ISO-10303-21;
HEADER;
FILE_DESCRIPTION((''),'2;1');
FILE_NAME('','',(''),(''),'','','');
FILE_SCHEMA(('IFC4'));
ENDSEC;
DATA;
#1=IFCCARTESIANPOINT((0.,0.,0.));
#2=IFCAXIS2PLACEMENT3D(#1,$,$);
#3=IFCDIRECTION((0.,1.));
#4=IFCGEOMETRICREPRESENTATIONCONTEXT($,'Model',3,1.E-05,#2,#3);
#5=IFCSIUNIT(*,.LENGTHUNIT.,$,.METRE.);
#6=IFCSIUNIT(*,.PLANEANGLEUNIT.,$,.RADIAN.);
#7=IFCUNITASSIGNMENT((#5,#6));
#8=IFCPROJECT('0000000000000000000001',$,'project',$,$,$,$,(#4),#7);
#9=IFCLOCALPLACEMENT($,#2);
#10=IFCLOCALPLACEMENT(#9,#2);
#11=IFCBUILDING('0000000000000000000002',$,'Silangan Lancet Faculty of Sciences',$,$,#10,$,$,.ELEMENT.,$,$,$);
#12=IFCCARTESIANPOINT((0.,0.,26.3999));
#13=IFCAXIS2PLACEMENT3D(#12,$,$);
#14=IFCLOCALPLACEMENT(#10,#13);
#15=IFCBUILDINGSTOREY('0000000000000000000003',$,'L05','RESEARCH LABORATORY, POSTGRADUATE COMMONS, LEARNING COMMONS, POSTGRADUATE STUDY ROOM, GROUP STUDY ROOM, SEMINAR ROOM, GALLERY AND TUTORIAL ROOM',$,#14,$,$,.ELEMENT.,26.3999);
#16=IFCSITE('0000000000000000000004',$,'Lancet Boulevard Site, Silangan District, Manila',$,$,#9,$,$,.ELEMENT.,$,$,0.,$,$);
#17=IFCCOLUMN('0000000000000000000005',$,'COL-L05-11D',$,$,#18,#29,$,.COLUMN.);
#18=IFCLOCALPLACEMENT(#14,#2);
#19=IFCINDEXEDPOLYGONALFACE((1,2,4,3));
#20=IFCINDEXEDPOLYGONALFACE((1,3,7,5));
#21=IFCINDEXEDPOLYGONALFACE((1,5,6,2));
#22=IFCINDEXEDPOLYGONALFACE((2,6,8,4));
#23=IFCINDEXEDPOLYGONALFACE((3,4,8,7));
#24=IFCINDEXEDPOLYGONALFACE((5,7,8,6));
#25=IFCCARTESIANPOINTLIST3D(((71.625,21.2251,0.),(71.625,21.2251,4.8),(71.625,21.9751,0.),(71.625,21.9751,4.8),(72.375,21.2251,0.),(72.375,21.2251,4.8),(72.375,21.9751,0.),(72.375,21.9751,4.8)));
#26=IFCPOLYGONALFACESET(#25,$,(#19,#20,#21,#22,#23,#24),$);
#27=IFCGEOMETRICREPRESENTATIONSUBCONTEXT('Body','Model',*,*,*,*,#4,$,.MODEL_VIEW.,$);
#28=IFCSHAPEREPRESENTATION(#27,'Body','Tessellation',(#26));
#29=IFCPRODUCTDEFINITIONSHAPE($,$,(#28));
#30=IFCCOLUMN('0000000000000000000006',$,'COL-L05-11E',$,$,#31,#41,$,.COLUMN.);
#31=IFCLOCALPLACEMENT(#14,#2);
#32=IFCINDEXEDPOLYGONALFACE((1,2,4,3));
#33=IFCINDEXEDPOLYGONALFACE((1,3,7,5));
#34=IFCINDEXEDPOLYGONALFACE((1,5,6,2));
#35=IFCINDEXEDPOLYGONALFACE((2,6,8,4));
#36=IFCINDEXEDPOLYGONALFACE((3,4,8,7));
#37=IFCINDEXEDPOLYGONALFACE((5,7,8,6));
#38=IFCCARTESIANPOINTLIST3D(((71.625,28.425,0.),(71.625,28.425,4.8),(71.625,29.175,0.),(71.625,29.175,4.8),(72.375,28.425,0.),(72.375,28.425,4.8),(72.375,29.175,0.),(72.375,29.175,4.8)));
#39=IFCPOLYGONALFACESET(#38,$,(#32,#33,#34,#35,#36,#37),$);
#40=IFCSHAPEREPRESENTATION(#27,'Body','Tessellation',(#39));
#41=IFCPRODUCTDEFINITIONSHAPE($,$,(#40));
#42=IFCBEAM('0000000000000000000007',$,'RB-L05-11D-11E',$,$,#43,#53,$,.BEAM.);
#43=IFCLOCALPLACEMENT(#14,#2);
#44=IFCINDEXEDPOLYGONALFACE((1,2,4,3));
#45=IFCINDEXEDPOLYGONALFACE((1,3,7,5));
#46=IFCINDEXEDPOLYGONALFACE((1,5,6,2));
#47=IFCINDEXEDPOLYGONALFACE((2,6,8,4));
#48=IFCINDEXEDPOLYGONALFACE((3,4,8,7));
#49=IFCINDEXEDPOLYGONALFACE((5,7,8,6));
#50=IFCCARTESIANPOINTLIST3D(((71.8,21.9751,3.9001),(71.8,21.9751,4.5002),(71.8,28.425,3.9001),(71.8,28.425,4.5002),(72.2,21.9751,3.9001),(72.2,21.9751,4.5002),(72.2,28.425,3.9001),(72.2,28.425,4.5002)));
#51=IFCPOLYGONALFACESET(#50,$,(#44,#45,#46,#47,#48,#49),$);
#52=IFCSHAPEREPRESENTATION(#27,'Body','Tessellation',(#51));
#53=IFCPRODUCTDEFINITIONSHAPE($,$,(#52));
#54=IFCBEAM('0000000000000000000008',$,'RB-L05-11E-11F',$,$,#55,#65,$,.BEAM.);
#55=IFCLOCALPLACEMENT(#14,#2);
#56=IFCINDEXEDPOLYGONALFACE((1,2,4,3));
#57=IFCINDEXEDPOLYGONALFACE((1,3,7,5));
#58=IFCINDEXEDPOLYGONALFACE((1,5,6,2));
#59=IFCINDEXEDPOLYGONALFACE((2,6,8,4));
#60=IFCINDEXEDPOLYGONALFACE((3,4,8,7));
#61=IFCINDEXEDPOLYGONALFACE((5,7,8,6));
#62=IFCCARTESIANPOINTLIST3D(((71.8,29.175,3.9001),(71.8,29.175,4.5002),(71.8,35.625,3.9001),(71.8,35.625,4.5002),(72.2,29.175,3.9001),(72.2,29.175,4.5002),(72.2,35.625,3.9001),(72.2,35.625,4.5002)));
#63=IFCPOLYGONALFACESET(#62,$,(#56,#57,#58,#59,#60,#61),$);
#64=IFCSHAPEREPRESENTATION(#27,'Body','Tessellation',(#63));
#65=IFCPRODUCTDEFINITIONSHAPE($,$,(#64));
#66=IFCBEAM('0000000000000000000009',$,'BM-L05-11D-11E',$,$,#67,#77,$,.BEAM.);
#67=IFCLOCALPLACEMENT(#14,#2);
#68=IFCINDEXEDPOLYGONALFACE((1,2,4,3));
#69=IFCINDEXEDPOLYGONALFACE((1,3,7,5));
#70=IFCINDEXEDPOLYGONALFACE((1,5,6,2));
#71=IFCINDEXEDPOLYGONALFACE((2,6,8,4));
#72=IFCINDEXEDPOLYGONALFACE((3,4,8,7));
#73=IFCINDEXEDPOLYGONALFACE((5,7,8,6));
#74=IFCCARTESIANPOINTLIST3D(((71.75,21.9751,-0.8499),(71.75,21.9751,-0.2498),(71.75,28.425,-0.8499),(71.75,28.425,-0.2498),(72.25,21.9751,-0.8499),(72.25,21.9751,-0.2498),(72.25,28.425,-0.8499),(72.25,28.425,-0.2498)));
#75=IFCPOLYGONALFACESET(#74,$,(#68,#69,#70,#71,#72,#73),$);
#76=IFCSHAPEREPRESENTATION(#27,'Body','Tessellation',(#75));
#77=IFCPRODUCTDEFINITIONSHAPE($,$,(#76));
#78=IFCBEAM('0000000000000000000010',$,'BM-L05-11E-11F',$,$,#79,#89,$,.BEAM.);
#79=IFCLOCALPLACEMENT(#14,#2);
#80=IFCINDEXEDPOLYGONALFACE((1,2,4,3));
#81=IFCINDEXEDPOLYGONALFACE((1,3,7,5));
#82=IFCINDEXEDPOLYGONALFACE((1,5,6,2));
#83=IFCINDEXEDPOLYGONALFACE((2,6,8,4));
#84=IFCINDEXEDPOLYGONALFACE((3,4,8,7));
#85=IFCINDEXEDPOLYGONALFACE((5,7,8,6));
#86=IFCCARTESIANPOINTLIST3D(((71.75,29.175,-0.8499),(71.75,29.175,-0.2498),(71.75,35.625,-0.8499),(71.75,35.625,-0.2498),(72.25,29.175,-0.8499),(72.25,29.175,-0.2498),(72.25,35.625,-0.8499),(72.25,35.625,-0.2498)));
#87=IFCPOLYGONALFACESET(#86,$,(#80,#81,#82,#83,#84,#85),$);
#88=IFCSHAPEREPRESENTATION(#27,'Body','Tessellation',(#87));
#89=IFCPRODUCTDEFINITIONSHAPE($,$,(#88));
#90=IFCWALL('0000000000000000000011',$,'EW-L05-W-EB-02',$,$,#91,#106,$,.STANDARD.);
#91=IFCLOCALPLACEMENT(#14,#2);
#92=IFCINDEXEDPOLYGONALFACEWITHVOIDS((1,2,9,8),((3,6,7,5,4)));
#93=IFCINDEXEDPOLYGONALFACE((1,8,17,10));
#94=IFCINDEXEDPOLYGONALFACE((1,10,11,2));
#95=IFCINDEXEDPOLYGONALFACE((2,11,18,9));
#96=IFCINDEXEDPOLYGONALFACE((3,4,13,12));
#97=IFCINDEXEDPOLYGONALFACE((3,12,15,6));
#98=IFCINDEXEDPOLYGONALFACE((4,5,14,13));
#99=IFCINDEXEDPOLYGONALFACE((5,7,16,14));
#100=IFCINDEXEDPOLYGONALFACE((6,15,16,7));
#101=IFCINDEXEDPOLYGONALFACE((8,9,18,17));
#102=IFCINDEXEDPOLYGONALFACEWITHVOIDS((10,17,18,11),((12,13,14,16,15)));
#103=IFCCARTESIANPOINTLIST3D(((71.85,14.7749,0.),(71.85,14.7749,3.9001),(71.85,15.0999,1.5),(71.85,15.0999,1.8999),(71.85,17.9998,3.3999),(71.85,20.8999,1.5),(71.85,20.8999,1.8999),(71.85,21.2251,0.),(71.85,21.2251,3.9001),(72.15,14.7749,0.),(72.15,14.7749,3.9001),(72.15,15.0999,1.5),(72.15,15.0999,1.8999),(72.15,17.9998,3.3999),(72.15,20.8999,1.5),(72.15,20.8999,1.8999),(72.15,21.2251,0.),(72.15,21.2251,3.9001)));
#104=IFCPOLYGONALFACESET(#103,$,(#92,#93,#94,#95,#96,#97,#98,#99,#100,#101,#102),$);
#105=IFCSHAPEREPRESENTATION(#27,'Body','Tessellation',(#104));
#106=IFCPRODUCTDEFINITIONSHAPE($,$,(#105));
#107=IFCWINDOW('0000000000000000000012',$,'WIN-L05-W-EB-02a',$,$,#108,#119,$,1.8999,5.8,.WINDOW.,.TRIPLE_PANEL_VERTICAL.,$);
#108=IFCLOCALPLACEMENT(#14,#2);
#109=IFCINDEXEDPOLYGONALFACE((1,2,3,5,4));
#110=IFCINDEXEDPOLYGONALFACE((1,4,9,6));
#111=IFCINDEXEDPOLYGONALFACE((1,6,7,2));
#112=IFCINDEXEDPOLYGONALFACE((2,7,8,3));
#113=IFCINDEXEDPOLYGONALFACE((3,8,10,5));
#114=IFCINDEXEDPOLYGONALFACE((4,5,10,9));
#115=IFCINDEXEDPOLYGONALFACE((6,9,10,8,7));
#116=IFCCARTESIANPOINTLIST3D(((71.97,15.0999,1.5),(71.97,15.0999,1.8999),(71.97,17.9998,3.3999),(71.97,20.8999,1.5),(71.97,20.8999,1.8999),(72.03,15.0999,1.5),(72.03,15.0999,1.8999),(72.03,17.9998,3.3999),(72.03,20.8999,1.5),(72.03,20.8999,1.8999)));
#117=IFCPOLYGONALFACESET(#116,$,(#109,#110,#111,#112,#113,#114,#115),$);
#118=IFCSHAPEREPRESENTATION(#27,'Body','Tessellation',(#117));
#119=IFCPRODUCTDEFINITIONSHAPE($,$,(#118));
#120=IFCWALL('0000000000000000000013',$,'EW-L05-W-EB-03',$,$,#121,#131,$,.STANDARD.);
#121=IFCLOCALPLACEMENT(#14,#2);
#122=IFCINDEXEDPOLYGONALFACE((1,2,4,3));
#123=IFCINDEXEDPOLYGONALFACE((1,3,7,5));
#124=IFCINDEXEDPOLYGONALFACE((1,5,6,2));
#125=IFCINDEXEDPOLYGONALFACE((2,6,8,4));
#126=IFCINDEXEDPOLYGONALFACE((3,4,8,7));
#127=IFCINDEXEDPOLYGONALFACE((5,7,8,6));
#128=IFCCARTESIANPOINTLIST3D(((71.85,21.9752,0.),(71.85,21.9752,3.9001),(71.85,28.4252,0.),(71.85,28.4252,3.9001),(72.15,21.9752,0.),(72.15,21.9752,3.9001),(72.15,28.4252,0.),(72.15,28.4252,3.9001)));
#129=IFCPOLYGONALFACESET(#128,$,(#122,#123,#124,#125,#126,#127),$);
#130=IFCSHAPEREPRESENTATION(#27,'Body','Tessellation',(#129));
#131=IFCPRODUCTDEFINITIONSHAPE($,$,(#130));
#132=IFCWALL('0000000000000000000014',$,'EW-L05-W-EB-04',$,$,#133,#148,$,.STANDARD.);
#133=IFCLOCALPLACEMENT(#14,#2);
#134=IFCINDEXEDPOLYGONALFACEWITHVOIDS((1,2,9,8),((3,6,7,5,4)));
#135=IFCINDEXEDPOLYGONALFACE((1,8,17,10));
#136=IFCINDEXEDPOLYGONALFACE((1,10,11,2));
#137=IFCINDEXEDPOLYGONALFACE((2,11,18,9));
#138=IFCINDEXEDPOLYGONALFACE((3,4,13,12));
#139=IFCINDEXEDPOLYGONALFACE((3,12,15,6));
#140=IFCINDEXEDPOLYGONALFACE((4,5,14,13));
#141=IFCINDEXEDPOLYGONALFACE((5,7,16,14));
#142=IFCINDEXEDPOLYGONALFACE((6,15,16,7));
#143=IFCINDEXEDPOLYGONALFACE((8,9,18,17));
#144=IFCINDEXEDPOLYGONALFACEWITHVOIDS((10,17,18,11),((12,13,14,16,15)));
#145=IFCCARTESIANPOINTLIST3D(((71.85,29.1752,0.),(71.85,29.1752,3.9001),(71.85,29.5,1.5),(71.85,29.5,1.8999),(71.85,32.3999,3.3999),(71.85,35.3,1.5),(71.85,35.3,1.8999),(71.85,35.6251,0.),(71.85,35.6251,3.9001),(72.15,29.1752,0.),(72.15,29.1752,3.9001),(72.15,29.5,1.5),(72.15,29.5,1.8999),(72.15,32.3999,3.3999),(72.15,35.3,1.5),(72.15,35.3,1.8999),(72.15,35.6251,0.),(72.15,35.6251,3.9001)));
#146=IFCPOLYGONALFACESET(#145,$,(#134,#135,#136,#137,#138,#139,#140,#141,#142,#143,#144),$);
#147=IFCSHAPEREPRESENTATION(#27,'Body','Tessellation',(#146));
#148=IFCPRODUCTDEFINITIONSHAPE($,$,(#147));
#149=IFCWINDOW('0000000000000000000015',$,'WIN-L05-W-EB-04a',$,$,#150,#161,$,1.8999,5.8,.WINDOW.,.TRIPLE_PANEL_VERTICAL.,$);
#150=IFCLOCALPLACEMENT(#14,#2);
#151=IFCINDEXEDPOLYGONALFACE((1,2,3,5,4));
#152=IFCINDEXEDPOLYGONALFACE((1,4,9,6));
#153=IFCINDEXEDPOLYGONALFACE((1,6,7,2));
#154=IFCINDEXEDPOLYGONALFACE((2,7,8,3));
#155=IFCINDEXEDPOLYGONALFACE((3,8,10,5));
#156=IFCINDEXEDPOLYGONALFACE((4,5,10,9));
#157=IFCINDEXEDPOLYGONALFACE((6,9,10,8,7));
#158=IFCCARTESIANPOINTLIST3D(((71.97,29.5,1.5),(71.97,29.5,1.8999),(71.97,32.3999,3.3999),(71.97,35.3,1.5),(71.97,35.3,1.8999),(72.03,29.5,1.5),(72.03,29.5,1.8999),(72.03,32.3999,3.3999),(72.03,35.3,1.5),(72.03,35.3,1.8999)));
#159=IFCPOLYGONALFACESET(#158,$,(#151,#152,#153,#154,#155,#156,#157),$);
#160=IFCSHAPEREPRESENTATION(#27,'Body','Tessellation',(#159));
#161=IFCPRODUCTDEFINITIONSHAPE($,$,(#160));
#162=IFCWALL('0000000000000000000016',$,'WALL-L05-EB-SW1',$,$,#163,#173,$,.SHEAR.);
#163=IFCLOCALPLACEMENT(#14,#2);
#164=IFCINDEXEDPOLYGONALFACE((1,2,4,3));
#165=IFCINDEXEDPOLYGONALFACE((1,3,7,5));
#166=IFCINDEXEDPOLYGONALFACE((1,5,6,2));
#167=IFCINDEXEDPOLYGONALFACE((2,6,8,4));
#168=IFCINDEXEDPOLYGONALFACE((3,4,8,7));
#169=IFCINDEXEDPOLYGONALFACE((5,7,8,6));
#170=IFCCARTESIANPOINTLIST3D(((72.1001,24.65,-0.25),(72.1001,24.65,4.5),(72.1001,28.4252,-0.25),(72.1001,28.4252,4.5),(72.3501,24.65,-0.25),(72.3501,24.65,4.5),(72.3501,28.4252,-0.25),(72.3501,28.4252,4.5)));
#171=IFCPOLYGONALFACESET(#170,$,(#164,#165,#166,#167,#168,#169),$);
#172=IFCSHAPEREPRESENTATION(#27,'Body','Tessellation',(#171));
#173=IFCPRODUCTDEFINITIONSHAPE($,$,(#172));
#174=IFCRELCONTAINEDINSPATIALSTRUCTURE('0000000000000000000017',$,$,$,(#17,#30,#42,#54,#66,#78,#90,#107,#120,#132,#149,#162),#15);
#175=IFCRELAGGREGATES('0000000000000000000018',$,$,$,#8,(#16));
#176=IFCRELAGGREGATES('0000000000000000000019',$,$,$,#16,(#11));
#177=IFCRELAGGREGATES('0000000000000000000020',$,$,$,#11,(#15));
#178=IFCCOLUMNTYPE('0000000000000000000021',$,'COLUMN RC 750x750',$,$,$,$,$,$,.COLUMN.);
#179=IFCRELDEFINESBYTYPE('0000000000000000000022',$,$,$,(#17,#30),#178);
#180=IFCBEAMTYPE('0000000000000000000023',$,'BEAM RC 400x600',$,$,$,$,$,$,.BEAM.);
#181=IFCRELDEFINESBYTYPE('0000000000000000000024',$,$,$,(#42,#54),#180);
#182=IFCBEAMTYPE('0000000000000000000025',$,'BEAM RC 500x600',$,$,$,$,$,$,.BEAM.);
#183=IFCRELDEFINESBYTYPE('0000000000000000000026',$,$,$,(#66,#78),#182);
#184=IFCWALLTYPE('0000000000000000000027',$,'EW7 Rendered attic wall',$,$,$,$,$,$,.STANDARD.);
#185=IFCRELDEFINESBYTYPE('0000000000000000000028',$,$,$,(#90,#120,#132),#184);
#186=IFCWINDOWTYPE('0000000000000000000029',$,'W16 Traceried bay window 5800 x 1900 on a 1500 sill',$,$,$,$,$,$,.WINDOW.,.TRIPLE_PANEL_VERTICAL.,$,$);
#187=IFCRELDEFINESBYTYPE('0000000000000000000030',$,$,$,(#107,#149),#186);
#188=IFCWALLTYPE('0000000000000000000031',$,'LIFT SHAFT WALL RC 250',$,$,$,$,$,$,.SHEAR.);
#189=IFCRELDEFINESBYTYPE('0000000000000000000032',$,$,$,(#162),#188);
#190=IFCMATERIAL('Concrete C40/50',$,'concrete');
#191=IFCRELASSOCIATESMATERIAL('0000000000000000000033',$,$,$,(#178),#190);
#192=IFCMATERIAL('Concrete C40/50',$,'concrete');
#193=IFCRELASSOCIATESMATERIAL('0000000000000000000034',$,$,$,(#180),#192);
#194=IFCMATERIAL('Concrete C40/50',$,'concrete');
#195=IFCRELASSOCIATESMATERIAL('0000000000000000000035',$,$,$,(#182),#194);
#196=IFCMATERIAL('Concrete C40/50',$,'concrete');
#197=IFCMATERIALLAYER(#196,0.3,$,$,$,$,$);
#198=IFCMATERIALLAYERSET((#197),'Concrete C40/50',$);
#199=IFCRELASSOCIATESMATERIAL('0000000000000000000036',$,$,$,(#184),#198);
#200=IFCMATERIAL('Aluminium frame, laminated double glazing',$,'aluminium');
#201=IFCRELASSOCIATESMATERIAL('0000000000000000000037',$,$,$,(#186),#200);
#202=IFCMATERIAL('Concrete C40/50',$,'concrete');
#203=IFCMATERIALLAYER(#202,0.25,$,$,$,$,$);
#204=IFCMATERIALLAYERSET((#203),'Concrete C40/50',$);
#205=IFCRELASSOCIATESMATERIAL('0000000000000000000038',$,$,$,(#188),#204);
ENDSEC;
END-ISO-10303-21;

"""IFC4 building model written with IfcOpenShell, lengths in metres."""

from ifc_helpers import new_model, si_unit, direction, frame, frame_2d, origin, origin_2d, place, context, subcontext, project, spatial, polyline, rectangle, outline, extrude, material, layer, layer_set, material_profile, profile_set, type_object, element, fill, save


model = new_model("IFC4")

# Units and contexts
model_context = context("Model", 3, precision=1e-05, world=origin(), true_north=direction((0.0, 1.0)))
body_context = subcontext(model_context, "Body", "Model", "MODEL_VIEW")
ifc_project = project(units=[si_unit("LENGTHUNIT", "METRE"), si_unit("PLANEANGLEUNIT", "RADIAN")], contexts=[model_context])

# Site, building, storey
site_placement = place(None, origin())
site = spatial("IfcSite", under=ifc_project, at=site_placement, Name="Lancet Boulevard Site, Silangan District, Manila", CompositionType="ELEMENT", RefElevation=0.0)
building_placement = place(site_placement, origin())
building = spatial("IfcBuilding", under=site, at=building_placement, Name="Silangan Lancet Faculty of Sciences", CompositionType="ELEMENT")
storey_placement = place(building_placement, frame((0.0, 0.0, 26.3999)))
storey = spatial("IfcBuildingStorey", under=building, at=storey_placement, Name="L05", Description="RESEARCH LABORATORY, POSTGRADUATE COMMONS, LEARNING COMMONS, POSTGRADUATE STUDY ROOM, GROUP STUDY ROOM, SEMINAR ROOM, GALLERY AND TUTORIAL ROOM", CompositionType="ELEMENT", Elevation=26.3999)

# Columns
ifc_material_1 = material(Name="Concrete C40/50", Category="concrete")
ifc_material_profile_1 = material_profile(ifc_material_1, rectangle(XDim=0.75, YDim=0.75, at=origin_2d()), Name="RC 750x750")
ifc_profile_set_1 = profile_set([ifc_material_profile_1], Name="Concrete C40/50")
column_type = type_object("IfcColumnType", Name="COLUMN RC 750x750", PredefinedType="COLUMN", material=ifc_profile_set_1)
for number, where, z_axis, x_axis, name in (
    (1, (72.0, 21.6001, 0.0), (0.0, 0.0, 1.0), (1.0, 0.0, 0.0), "COL-L05-11D"),
    (2, (72.0, 28.8, 0.0), (0.0, 0.0, 1.0), (1.0, 0.0, 0.0), "COL-L05-11E"),
):
    element("IfcColumn", number, at=place(storey_placement, frame(where, z_axis=z_axis, x_axis=x_axis)), inside=storey, type_object=column_type, Name=name, PredefinedType="COLUMN", context=body_context, shape_type="SweptSolid", body=[
        extrude(rectangle(XDim=0.75, YDim=0.75, at=origin_2d()), origin(), (0.0, 0.0, 1.0), 4.8),
    ])

# Beams
ifc_material_2 = material(Name="Concrete C40/50", Category="concrete")
ifc_material_profile_2 = material_profile(ifc_material_2, rectangle(XDim=0.3999, YDim=0.6001, at=origin_2d()), Name="RC 400x600")
ifc_profile_set_2 = profile_set([ifc_material_profile_2], Name="Concrete C40/50")
beam_type_1 = type_object("IfcBeamType", Name="BEAM RC 400x600", PredefinedType="BEAM", material=ifc_profile_set_2)
for number, where, z_axis, x_axis, name in (
    (3, (72.0, 21.9751, 4.2002), (0.0, 1.0, 0.0), (-1.0, 0.0, 0.0), "RB-L05-11D-11E"),
    (4, (72.0, 29.175, 4.2002), (0.0, 1.0, 0.0), (-1.0, 0.0, 0.0), "RB-L05-11E-11F"),
):
    element("IfcBeam", number, at=place(storey_placement, frame(where, z_axis=z_axis, x_axis=x_axis)), inside=storey, type_object=beam_type_1, Name=name, PredefinedType="BEAM", context=body_context, shape_type="SweptSolid", body=[
        extrude(rectangle(XDim=0.3999, YDim=0.6001, at=origin_2d()), origin(), (0.0, 0.0, 1.0), 6.45),
    ])
ifc_material_3 = material(Name="Concrete C40/50", Category="concrete")
ifc_material_profile_3 = material_profile(ifc_material_3, rectangle(XDim=0.5, YDim=0.6001, at=origin_2d()), Name="RC 500x600")
ifc_profile_set_3 = profile_set([ifc_material_profile_3], Name="Concrete C40/50")
beam_type_2 = type_object("IfcBeamType", Name="BEAM RC 500x600", PredefinedType="BEAM", material=ifc_profile_set_3)
for number, where, z_axis, x_axis, name in (
    (5, (72.0, 21.9751, -0.5498), (0.0, 1.0, 0.0), (-1.0, 0.0, 0.0), "BM-L05-11D-11E"),
    (6, (72.0, 29.175, -0.5498), (0.0, 1.0, 0.0), (-1.0, 0.0, 0.0), "BM-L05-11E-11F"),
):
    element("IfcBeam", number, at=place(storey_placement, frame(where, z_axis=z_axis, x_axis=x_axis)), inside=storey, type_object=beam_type_2, Name=name, PredefinedType="BEAM", context=body_context, shape_type="SweptSolid", body=[
        extrude(rectangle(XDim=0.5, YDim=0.6001, at=origin_2d()), origin(), (0.0, 0.0, 1.0), 6.45),
    ])

# Wall, opening, window
ifc_material_4 = material(Name="Concrete C40/50", Category="concrete")
ifc_layer_1 = layer(ifc_material_4, 0.3)
ifc_layer_set_1 = layer_set([ifc_layer_1], Name="Concrete C40/50")
wall_type_1 = type_object("IfcWallType", Name="EW7 Rendered attic wall", PredefinedType="STANDARD", material=ifc_layer_set_1)
wall_1_placement = place(storey_placement, frame((72.0, 14.7749, 0.0), z_axis=(0.0, 0.0, 1.0), x_axis=(0.0, 1.0, 0.0)))
wall_1 = element("IfcWall", 7, at=wall_1_placement, inside=storey, type_object=wall_type_1, Name="EW-L05-W-EB-02", PredefinedType="STANDARD", context=body_context, shape_type="SweptSolid", body=[
    extrude(rectangle(XDim=6.4502, YDim=0.3, at=frame_2d((3.2251, 0.0))), origin(), (0.0, 0.0, 1.0), 3.9001),
])
opening_1_placement = place(wall_1_placement, frame((0.325, 0.0, 1.5)))
opening_1 = element("IfcOpeningElement", 8, at=opening_1_placement, cuts=wall_1, PredefinedType="OPENING", context=body_context, shape_type="SweptSolid", body=[
    extrude(outline(polyline([(0.0, 0.0), (5.8, 0.0), (5.8, 0.3999), (2.8999, 1.8999), (0.0, 0.3999), (0.0, 0.0)])), frame((0.0, 0.1599, 0.0), z_axis=(0.0, -1.0, 0.0), x_axis=(1.0, 0.0, 0.0)), (0.0, 0.0, 1.0), 0.3201),
])
ifc_material_5 = material(Name="Aluminium frame, laminated double glazing", Category="aluminium")
window_type = type_object("IfcWindowType", Name="W16 Traceried bay window 5800 x 1900 on a 1500 sill", PartitioningType="TRIPLE_PANEL_VERTICAL", PredefinedType="WINDOW", material=ifc_material_5)
window_1_placement = place(opening_1_placement, origin())
window_1 = element("IfcWindow", 9, at=window_1_placement, inside=storey, type_object=window_type, Name="WIN-L05-W-EB-02a", OverallHeight=1.8999, OverallWidth=5.8, PartitioningType="TRIPLE_PANEL_VERTICAL", PredefinedType="WINDOW", context=body_context, shape_type="SweptSolid", body=[
    extrude(outline(polyline([(0.0, 0.0), (5.8, 0.0), (5.8, 0.3999), (2.8999, 1.8999), (0.0, 0.3999), (0.0, 0.0)])), frame((0.0, 0.03, 0.0), z_axis=(0.0, -1.0, 0.0), x_axis=(1.0, 0.0, 0.0)), (0.0, 0.0, 1.0), 0.0601),
])
fill(opening_1, window_1)

# Wall
wall_2_placement = place(storey_placement, frame((72.0, 21.9751, 0.0), z_axis=(0.0, 0.0, 1.0), x_axis=(0.0, 1.0, 0.0)))
element("IfcWall", 10, at=wall_2_placement, inside=storey, type_object=wall_type_1, Name="EW-L05-W-EB-03", PredefinedType="STANDARD", context=body_context, shape_type="SweptSolid", body=[
    extrude(rectangle(XDim=6.45, YDim=0.3, at=frame_2d((3.2251, 0.0))), origin(), (0.0, 0.0, 1.0), 3.9001),
])

# Wall, opening, window
wall_3_placement = place(storey_placement, frame((72.0, 29.175, 0.0), z_axis=(0.0, 0.0, 1.0), x_axis=(0.0, 1.0, 0.0)))
wall_3 = element("IfcWall", 11, at=wall_3_placement, inside=storey, type_object=wall_type_1, Name="EW-L05-W-EB-04", PredefinedType="STANDARD", context=body_context, shape_type="SweptSolid", body=[
    extrude(rectangle(XDim=6.45, YDim=0.3, at=frame_2d((3.2251, 0.0))), origin(), (0.0, 0.0, 1.0), 3.9001),
])
opening_2_placement = place(wall_3_placement, frame((0.325, 0.0, 1.5)))
opening_2 = element("IfcOpeningElement", 12, at=opening_2_placement, cuts=wall_3, PredefinedType="OPENING", context=body_context, shape_type="SweptSolid", body=[
    extrude(outline(polyline([(0.0, 0.0), (5.8, 0.0), (5.8, 0.3999), (2.8999, 1.8999), (0.0, 0.3999), (0.0, 0.0)])), frame((0.0, 0.1599, 0.0), z_axis=(0.0, -1.0, 0.0), x_axis=(1.0, 0.0, 0.0)), (0.0, 0.0, 1.0), 0.3201),
])
window_2_placement = place(opening_2_placement, origin())
window_2 = element("IfcWindow", 13, at=window_2_placement, inside=storey, type_object=window_type, Name="WIN-L05-W-EB-04a", OverallHeight=1.8999, OverallWidth=5.8, PartitioningType="TRIPLE_PANEL_VERTICAL", PredefinedType="WINDOW", context=body_context, shape_type="SweptSolid", body=[
    extrude(outline(polyline([(0.0, 0.0), (5.8, 0.0), (5.8, 0.3999), (2.8999, 1.8999), (0.0, 0.3999), (0.0, 0.0)])), frame((0.0, 0.03, 0.0), z_axis=(0.0, -1.0, 0.0), x_axis=(1.0, 0.0, 0.0)), (0.0, 0.0, 1.0), 0.0601),
])
fill(opening_2, window_2)

# Wall
ifc_material_6 = material(Name="Concrete C40/50", Category="concrete")
ifc_layer_2 = layer(ifc_material_6, 0.25)
ifc_layer_set_2 = layer_set([ifc_layer_2], Name="Concrete C40/50")
wall_type_2 = type_object("IfcWallType", Name="LIFT SHAFT WALL RC 250", PredefinedType="SHEAR", material=ifc_layer_set_2)
wall_4_placement = place(storey_placement, frame((72.2251, 24.6499, -0.25), z_axis=(0.0, 0.0, 1.0), x_axis=(0.0, 1.0, 0.0)))
element("IfcWall", 14, at=wall_4_placement, inside=storey, type_object=wall_type_2, Name="WALL-L05-EB-SW1", PredefinedType="SHEAR", context=body_context, shape_type="SweptSolid", body=[
    extrude(rectangle(XDim=3.7751, YDim=0.25, at=frame_2d((1.8877, 0.0))), origin(), (0.0, 0.0, 1.0), 4.75),
])

save(model, "model.ifc")
